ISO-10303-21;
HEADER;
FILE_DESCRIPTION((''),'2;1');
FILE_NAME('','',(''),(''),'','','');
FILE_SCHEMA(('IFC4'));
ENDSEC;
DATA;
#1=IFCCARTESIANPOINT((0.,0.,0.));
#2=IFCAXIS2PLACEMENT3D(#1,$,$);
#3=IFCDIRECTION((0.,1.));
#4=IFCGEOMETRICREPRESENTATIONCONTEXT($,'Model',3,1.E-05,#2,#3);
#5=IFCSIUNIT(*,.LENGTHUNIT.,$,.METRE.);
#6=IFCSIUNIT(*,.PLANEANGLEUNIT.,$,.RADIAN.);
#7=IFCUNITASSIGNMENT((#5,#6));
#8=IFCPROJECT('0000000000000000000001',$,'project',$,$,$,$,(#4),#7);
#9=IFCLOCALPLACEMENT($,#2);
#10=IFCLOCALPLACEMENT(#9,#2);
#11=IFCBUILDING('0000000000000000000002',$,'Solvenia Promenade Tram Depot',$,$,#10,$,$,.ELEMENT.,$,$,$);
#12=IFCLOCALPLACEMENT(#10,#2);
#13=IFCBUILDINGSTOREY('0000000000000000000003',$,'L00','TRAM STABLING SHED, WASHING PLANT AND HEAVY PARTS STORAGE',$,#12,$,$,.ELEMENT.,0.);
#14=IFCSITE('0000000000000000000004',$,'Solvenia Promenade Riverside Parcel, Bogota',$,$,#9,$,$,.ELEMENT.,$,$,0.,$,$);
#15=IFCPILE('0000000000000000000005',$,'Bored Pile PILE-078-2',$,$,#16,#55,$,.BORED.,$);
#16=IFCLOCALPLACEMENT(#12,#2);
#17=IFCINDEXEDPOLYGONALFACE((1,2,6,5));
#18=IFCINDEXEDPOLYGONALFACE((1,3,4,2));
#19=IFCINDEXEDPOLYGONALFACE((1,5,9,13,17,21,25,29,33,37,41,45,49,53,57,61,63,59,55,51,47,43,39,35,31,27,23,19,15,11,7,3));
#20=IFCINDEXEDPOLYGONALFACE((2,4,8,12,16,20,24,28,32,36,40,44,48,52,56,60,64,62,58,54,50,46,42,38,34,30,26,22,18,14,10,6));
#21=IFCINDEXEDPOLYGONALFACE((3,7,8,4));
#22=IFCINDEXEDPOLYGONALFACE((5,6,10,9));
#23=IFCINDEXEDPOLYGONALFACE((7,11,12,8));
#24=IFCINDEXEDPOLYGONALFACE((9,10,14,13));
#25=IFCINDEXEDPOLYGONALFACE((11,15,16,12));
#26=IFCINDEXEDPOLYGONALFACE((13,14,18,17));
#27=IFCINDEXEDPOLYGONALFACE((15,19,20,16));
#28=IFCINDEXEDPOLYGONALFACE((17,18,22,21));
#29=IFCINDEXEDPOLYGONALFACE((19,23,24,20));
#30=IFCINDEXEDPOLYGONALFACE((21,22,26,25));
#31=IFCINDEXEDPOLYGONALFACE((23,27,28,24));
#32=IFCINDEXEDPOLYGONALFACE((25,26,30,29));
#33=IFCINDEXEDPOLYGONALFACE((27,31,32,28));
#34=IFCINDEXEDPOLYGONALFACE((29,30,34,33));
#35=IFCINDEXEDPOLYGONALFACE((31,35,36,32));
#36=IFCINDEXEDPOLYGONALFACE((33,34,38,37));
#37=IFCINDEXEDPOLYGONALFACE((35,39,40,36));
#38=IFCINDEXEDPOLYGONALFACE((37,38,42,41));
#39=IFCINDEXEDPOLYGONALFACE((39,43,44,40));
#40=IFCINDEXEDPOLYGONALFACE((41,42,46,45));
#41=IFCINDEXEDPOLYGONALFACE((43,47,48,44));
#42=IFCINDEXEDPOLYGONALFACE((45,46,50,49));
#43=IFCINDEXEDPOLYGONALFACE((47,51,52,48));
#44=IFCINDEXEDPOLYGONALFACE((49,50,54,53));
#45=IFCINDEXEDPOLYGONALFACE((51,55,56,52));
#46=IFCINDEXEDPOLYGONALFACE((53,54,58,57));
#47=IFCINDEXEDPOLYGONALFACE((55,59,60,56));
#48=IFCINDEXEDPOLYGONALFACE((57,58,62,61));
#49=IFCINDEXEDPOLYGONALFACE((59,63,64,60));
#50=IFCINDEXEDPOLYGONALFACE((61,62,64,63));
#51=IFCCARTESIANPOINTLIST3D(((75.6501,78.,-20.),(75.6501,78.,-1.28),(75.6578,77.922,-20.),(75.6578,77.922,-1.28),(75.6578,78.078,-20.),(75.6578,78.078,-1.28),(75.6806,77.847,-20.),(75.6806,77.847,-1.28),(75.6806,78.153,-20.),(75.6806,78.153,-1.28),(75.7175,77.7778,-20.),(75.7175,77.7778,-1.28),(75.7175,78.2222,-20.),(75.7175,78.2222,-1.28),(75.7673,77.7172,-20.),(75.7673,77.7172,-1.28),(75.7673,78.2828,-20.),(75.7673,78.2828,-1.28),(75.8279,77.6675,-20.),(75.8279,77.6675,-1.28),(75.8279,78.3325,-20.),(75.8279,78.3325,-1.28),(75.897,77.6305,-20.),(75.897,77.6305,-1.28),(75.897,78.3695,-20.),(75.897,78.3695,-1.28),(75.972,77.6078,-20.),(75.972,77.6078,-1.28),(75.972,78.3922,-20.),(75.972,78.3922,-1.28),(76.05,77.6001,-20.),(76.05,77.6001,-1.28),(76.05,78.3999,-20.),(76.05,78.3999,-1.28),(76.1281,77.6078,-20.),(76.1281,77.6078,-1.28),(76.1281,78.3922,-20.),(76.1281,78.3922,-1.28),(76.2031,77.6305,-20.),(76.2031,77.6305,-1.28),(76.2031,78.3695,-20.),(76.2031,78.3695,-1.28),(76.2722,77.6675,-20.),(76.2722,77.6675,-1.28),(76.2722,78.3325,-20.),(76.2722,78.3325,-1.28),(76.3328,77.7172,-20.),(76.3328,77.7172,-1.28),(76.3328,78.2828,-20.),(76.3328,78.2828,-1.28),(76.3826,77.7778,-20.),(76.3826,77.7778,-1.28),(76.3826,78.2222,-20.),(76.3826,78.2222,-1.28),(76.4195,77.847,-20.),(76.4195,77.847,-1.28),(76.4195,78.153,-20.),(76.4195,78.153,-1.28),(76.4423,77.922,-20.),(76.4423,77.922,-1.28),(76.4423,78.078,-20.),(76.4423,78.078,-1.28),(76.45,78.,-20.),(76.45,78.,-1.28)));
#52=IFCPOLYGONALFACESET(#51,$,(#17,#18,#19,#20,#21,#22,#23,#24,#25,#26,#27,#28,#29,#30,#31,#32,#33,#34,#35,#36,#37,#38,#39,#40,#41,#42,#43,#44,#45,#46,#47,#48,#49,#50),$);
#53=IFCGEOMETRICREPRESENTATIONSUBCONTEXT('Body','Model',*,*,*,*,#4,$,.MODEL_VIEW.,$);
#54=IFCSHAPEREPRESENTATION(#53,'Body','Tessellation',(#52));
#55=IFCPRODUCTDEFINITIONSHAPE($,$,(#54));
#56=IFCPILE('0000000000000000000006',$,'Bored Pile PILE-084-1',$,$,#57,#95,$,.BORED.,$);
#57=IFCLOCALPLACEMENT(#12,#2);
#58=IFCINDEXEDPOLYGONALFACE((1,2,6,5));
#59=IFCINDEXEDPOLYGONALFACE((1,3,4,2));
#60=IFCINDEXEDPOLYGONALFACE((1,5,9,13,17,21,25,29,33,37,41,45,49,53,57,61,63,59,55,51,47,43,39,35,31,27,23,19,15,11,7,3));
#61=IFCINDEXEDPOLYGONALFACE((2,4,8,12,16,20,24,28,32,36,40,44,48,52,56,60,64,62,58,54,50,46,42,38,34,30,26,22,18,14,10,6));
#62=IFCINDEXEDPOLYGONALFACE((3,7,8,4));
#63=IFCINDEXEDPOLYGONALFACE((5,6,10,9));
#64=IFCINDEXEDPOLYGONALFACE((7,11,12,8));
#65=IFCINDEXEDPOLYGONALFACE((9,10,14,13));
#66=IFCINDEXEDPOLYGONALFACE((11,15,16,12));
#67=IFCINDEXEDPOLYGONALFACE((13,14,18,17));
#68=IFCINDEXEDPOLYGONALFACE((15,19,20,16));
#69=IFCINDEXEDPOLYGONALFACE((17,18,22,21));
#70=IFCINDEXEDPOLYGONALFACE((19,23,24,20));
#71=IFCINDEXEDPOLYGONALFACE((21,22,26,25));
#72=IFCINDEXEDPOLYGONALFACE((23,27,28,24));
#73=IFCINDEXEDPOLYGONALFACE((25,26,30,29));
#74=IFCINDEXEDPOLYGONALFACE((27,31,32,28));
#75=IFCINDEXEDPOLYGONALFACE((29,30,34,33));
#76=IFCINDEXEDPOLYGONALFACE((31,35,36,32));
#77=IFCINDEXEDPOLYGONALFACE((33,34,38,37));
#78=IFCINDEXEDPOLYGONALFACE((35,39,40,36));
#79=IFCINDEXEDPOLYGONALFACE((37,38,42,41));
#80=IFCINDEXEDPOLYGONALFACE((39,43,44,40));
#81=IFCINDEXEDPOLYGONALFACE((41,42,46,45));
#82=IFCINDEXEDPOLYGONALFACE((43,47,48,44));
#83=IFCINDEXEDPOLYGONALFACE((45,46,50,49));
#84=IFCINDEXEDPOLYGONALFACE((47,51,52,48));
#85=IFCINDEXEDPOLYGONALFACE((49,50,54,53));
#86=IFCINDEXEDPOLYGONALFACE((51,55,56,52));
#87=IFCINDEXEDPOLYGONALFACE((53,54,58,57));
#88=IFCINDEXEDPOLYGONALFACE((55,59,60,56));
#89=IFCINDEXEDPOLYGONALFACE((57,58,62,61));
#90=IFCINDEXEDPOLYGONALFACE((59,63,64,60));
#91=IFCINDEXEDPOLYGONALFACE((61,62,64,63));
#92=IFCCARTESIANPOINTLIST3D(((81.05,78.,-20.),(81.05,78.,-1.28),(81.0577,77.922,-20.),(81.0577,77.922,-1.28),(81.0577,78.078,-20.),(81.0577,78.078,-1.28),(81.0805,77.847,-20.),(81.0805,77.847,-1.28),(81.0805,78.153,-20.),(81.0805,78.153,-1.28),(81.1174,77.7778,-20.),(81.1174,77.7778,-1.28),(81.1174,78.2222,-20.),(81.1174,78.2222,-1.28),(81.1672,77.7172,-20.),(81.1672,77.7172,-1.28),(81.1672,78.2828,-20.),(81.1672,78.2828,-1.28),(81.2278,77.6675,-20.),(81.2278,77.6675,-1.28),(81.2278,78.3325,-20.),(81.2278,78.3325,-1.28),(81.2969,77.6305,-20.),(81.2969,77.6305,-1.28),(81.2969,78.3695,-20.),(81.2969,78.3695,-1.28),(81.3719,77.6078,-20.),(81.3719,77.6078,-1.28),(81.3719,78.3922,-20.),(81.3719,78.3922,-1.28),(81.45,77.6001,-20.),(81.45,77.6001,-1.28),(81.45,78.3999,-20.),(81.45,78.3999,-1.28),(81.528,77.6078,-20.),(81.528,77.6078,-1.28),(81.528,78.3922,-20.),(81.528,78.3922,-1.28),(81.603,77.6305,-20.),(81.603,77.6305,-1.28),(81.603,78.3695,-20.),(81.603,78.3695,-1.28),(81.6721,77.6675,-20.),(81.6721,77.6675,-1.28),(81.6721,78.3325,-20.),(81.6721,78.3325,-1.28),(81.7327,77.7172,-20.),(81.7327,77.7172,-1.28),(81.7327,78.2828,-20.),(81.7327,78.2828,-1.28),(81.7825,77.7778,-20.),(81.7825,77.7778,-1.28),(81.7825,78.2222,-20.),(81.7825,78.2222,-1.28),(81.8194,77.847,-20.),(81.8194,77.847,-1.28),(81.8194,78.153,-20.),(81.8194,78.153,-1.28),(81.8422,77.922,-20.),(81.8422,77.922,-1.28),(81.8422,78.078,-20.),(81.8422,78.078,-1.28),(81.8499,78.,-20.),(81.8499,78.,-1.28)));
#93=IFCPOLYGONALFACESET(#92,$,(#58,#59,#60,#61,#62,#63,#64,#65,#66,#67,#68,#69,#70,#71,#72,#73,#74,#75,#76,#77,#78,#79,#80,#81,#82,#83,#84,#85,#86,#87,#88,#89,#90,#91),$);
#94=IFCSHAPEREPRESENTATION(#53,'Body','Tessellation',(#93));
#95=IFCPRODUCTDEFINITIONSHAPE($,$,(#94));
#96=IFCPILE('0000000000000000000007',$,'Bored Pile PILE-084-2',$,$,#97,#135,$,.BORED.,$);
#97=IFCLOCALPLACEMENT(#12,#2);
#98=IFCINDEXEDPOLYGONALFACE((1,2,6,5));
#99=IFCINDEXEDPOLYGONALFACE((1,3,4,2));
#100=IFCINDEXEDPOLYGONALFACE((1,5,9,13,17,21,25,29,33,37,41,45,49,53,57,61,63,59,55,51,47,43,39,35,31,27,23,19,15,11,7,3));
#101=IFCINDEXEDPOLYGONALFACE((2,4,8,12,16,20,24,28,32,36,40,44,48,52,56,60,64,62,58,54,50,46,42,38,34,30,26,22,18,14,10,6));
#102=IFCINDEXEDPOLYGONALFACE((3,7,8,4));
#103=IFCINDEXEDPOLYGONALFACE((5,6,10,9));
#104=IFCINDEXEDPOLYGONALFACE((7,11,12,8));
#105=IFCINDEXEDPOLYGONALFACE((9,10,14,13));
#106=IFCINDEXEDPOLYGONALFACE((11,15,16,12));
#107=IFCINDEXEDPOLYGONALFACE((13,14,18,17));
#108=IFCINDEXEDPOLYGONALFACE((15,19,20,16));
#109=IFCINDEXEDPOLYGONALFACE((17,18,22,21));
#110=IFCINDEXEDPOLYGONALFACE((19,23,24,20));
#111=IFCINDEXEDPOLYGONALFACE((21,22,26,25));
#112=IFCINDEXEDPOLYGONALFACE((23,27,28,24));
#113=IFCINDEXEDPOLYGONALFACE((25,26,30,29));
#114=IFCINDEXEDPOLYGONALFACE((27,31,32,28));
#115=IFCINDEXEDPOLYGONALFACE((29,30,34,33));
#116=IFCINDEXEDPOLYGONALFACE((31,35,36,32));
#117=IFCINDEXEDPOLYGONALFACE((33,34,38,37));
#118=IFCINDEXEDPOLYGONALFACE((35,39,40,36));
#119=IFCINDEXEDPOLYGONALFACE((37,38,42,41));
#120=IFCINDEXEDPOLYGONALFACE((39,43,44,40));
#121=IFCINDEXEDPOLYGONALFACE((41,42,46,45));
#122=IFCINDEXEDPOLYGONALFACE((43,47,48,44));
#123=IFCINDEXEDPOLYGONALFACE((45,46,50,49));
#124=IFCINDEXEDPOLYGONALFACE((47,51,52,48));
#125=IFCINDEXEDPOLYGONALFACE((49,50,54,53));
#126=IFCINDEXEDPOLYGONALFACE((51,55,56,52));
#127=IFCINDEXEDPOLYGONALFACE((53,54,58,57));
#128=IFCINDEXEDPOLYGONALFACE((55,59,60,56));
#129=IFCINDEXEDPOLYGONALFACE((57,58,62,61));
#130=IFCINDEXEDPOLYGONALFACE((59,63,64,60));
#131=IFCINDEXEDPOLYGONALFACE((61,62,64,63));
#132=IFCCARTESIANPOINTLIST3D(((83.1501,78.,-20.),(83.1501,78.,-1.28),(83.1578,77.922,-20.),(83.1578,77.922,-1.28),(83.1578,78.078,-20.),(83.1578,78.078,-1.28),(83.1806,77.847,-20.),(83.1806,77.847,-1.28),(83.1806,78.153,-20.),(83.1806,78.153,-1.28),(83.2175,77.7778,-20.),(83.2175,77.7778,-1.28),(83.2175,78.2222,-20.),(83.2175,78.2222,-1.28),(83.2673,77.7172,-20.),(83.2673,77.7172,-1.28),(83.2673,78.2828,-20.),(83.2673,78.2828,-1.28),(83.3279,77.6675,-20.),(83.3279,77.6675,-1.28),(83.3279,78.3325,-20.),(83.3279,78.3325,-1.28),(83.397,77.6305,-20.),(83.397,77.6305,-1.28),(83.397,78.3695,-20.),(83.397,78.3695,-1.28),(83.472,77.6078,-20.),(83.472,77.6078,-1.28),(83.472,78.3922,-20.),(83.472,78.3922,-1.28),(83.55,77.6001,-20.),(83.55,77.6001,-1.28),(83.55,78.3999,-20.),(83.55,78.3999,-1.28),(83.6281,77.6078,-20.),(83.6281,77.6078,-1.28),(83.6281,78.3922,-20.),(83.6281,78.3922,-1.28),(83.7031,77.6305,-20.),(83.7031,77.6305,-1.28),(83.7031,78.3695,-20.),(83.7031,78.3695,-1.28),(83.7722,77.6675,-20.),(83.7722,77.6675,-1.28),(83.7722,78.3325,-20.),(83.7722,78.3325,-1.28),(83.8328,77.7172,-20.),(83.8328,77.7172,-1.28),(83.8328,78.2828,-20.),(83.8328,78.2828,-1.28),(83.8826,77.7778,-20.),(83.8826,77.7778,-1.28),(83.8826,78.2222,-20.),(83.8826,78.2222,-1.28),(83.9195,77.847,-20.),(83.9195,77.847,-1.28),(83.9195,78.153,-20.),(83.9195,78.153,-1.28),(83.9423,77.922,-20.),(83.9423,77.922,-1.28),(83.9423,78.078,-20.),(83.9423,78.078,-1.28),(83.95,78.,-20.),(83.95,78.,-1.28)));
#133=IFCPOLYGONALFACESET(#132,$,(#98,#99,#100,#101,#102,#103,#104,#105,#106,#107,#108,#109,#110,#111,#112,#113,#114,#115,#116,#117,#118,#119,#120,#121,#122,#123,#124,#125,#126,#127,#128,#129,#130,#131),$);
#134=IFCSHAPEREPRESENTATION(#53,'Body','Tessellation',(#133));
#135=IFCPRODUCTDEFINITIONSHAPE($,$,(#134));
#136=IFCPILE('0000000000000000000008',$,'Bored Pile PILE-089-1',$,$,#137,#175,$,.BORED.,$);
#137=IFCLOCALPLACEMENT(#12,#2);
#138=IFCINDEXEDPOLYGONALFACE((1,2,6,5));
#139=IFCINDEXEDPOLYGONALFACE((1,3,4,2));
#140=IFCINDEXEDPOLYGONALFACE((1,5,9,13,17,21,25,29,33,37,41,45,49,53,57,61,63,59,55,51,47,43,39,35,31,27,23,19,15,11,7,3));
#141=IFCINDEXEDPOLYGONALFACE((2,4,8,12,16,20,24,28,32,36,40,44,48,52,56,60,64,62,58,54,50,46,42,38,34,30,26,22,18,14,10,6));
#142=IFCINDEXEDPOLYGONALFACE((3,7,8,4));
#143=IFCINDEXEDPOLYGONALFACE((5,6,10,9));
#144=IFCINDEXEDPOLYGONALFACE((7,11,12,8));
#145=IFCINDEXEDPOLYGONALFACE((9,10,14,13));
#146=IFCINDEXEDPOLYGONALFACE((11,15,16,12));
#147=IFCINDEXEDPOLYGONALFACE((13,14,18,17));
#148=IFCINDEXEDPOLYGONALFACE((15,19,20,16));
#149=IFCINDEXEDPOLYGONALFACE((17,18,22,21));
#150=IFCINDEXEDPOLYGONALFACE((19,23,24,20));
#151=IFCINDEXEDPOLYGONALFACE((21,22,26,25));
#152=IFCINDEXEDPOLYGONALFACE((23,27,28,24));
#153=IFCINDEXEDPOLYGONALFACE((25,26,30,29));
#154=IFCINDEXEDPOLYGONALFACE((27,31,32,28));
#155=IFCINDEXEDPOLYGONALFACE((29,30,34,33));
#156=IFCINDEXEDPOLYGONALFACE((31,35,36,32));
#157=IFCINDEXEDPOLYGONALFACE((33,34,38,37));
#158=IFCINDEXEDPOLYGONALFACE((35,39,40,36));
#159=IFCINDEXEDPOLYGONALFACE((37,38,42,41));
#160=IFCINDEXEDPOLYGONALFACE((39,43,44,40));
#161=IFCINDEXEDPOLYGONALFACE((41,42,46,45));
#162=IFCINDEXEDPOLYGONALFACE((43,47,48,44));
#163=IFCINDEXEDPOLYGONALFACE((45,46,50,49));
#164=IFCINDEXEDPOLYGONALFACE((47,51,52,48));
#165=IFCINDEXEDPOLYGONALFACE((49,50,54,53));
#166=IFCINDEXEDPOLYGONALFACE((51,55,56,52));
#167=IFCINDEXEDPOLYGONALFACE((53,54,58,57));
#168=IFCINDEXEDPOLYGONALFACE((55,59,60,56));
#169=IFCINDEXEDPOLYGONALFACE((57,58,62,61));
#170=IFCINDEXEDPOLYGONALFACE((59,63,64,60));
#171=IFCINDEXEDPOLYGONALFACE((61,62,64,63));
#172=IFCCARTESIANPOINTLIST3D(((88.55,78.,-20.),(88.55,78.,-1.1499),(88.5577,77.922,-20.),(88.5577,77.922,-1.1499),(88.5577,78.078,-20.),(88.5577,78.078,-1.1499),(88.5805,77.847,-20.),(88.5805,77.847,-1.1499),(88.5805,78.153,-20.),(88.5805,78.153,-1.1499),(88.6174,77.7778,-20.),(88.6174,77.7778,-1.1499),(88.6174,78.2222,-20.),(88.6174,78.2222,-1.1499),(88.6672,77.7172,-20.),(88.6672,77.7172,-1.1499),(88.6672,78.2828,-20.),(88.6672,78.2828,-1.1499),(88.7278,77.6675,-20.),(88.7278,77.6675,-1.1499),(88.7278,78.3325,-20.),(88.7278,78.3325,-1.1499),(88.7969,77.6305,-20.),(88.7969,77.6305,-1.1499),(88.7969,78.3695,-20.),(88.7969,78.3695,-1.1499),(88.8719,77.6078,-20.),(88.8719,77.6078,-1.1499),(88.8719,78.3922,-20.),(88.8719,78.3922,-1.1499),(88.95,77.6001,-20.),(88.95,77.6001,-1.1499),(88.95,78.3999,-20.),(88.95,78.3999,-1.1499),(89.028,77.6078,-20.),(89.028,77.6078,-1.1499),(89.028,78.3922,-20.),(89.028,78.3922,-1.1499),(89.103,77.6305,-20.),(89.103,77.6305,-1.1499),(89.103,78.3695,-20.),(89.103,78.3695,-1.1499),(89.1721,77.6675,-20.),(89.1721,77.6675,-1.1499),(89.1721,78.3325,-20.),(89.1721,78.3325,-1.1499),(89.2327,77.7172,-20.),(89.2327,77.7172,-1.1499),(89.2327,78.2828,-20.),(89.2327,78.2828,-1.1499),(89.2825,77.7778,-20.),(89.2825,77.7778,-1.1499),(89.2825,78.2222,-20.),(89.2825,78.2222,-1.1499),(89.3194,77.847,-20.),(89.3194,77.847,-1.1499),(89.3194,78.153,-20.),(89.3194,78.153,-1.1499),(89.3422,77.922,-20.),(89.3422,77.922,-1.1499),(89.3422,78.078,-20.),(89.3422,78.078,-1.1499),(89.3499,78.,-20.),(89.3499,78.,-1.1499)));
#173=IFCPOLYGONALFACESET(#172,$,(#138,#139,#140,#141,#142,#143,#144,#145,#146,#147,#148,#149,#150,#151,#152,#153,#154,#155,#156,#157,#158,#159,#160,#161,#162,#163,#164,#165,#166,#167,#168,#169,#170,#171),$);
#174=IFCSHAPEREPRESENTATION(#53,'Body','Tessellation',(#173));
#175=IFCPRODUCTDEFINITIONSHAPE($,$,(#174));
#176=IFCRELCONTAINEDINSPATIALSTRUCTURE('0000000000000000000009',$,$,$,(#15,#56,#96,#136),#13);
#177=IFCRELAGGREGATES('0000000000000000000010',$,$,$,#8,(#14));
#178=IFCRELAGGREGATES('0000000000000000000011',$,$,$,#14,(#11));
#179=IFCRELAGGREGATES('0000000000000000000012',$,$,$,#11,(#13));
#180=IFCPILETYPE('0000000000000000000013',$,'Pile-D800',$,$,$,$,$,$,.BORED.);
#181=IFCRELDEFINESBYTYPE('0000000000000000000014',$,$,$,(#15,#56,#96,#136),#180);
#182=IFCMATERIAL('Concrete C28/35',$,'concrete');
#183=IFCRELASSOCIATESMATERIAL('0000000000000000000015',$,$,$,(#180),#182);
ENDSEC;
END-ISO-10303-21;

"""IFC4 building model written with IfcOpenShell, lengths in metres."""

from ifc_helpers import new_model, si_unit, direction, frame, origin, origin_2d, place, context, subcontext, project, spatial, circle, extrude, material, material_profile, profile_set, type_object, element, save


model = new_model("IFC4")

# Units and contexts
model_context = context("Model", 3, precision=1e-05, world=origin(), true_north=direction((0.0, 1.0)))
body_context = subcontext(model_context, "Body", "Model", "MODEL_VIEW")
ifc_project = project(units=[si_unit("LENGTHUNIT", "METRE"), si_unit("PLANEANGLEUNIT", "RADIAN")], contexts=[model_context])

# Site, building, storey
site_placement = place(None, origin())
site = spatial("IfcSite", under=ifc_project, at=site_placement, Name="Solvenia Promenade Riverside Parcel, Bogota", CompositionType="ELEMENT", RefElevation=0.0)
building_placement = place(site_placement, origin())
building = spatial("IfcBuilding", under=site, at=building_placement, Name="Solvenia Promenade Tram Depot", CompositionType="ELEMENT")
storey_placement = place(building_placement, origin())
storey = spatial("IfcBuildingStorey", under=building, at=storey_placement, Name="L00", Description="TRAM STABLING SHED, WASHING PLANT AND HEAVY PARTS STORAGE", CompositionType="ELEMENT", Elevation=0.0)

# Shared definitions
ifc_material_1 = material(Name="Concrete C28/35", Category="concrete")

# Piles
ifc_material_profile_1 = material_profile(ifc_material_1, circle(Radius=0.3999, at=origin_2d()), Name="D800", Category="concrete")
ifc_profile_set_1 = profile_set([ifc_material_profile_1], Name="Concrete C28/35")
pile_type_1 = type_object("IfcPileType", Name="Pile-D800", PredefinedType="BORED", material=ifc_profile_set_1)
for number, where, z_axis, x_axis, name in (
    (1, (76.05, 78.0, -1.28), (0.0, 0.0, -1.0), (1.0, 0.0, 0.0), "Bored Pile PILE-078-2"),
    (2, (81.45, 78.0, -1.28), (0.0, 0.0, -1.0), (1.0, 0.0, 0.0), "Bored Pile PILE-084-1"),
    (3, (83.55, 78.0, -1.28), (0.0, 0.0, -1.0), (1.0, 0.0, 0.0), "Bored Pile PILE-084-2"),
):
    element("IfcPile", number, at=place(storey_placement, frame(where, z_axis=z_axis, x_axis=x_axis)), inside=storey, type_object=pile_type_1, Name=name, PredefinedType="BORED", context=body_context, shape_type="SweptSolid", body=[
        extrude(circle(Radius=0.3999, at=origin_2d()), origin(), (0.0, 0.0, 1.0), 18.72),
    ])
for number, where, z_axis, x_axis, name in (
    (4, (88.95, 78.0, -1.1499), (0.0, 0.0, -1.0), (1.0, 0.0, 0.0), "Bored Pile PILE-089-1"),
):
    element("IfcPile", number, at=place(storey_placement, frame(where, z_axis=z_axis, x_axis=x_axis)), inside=storey, type_object=pile_type_1, Name=name, PredefinedType="BORED", context=body_context, shape_type="SweptSolid", body=[
        extrude(circle(Radius=0.3999, at=origin_2d()), origin(), (0.0, 0.0, 1.0), 18.8501),
    ])

save(model, "model.ifc")
